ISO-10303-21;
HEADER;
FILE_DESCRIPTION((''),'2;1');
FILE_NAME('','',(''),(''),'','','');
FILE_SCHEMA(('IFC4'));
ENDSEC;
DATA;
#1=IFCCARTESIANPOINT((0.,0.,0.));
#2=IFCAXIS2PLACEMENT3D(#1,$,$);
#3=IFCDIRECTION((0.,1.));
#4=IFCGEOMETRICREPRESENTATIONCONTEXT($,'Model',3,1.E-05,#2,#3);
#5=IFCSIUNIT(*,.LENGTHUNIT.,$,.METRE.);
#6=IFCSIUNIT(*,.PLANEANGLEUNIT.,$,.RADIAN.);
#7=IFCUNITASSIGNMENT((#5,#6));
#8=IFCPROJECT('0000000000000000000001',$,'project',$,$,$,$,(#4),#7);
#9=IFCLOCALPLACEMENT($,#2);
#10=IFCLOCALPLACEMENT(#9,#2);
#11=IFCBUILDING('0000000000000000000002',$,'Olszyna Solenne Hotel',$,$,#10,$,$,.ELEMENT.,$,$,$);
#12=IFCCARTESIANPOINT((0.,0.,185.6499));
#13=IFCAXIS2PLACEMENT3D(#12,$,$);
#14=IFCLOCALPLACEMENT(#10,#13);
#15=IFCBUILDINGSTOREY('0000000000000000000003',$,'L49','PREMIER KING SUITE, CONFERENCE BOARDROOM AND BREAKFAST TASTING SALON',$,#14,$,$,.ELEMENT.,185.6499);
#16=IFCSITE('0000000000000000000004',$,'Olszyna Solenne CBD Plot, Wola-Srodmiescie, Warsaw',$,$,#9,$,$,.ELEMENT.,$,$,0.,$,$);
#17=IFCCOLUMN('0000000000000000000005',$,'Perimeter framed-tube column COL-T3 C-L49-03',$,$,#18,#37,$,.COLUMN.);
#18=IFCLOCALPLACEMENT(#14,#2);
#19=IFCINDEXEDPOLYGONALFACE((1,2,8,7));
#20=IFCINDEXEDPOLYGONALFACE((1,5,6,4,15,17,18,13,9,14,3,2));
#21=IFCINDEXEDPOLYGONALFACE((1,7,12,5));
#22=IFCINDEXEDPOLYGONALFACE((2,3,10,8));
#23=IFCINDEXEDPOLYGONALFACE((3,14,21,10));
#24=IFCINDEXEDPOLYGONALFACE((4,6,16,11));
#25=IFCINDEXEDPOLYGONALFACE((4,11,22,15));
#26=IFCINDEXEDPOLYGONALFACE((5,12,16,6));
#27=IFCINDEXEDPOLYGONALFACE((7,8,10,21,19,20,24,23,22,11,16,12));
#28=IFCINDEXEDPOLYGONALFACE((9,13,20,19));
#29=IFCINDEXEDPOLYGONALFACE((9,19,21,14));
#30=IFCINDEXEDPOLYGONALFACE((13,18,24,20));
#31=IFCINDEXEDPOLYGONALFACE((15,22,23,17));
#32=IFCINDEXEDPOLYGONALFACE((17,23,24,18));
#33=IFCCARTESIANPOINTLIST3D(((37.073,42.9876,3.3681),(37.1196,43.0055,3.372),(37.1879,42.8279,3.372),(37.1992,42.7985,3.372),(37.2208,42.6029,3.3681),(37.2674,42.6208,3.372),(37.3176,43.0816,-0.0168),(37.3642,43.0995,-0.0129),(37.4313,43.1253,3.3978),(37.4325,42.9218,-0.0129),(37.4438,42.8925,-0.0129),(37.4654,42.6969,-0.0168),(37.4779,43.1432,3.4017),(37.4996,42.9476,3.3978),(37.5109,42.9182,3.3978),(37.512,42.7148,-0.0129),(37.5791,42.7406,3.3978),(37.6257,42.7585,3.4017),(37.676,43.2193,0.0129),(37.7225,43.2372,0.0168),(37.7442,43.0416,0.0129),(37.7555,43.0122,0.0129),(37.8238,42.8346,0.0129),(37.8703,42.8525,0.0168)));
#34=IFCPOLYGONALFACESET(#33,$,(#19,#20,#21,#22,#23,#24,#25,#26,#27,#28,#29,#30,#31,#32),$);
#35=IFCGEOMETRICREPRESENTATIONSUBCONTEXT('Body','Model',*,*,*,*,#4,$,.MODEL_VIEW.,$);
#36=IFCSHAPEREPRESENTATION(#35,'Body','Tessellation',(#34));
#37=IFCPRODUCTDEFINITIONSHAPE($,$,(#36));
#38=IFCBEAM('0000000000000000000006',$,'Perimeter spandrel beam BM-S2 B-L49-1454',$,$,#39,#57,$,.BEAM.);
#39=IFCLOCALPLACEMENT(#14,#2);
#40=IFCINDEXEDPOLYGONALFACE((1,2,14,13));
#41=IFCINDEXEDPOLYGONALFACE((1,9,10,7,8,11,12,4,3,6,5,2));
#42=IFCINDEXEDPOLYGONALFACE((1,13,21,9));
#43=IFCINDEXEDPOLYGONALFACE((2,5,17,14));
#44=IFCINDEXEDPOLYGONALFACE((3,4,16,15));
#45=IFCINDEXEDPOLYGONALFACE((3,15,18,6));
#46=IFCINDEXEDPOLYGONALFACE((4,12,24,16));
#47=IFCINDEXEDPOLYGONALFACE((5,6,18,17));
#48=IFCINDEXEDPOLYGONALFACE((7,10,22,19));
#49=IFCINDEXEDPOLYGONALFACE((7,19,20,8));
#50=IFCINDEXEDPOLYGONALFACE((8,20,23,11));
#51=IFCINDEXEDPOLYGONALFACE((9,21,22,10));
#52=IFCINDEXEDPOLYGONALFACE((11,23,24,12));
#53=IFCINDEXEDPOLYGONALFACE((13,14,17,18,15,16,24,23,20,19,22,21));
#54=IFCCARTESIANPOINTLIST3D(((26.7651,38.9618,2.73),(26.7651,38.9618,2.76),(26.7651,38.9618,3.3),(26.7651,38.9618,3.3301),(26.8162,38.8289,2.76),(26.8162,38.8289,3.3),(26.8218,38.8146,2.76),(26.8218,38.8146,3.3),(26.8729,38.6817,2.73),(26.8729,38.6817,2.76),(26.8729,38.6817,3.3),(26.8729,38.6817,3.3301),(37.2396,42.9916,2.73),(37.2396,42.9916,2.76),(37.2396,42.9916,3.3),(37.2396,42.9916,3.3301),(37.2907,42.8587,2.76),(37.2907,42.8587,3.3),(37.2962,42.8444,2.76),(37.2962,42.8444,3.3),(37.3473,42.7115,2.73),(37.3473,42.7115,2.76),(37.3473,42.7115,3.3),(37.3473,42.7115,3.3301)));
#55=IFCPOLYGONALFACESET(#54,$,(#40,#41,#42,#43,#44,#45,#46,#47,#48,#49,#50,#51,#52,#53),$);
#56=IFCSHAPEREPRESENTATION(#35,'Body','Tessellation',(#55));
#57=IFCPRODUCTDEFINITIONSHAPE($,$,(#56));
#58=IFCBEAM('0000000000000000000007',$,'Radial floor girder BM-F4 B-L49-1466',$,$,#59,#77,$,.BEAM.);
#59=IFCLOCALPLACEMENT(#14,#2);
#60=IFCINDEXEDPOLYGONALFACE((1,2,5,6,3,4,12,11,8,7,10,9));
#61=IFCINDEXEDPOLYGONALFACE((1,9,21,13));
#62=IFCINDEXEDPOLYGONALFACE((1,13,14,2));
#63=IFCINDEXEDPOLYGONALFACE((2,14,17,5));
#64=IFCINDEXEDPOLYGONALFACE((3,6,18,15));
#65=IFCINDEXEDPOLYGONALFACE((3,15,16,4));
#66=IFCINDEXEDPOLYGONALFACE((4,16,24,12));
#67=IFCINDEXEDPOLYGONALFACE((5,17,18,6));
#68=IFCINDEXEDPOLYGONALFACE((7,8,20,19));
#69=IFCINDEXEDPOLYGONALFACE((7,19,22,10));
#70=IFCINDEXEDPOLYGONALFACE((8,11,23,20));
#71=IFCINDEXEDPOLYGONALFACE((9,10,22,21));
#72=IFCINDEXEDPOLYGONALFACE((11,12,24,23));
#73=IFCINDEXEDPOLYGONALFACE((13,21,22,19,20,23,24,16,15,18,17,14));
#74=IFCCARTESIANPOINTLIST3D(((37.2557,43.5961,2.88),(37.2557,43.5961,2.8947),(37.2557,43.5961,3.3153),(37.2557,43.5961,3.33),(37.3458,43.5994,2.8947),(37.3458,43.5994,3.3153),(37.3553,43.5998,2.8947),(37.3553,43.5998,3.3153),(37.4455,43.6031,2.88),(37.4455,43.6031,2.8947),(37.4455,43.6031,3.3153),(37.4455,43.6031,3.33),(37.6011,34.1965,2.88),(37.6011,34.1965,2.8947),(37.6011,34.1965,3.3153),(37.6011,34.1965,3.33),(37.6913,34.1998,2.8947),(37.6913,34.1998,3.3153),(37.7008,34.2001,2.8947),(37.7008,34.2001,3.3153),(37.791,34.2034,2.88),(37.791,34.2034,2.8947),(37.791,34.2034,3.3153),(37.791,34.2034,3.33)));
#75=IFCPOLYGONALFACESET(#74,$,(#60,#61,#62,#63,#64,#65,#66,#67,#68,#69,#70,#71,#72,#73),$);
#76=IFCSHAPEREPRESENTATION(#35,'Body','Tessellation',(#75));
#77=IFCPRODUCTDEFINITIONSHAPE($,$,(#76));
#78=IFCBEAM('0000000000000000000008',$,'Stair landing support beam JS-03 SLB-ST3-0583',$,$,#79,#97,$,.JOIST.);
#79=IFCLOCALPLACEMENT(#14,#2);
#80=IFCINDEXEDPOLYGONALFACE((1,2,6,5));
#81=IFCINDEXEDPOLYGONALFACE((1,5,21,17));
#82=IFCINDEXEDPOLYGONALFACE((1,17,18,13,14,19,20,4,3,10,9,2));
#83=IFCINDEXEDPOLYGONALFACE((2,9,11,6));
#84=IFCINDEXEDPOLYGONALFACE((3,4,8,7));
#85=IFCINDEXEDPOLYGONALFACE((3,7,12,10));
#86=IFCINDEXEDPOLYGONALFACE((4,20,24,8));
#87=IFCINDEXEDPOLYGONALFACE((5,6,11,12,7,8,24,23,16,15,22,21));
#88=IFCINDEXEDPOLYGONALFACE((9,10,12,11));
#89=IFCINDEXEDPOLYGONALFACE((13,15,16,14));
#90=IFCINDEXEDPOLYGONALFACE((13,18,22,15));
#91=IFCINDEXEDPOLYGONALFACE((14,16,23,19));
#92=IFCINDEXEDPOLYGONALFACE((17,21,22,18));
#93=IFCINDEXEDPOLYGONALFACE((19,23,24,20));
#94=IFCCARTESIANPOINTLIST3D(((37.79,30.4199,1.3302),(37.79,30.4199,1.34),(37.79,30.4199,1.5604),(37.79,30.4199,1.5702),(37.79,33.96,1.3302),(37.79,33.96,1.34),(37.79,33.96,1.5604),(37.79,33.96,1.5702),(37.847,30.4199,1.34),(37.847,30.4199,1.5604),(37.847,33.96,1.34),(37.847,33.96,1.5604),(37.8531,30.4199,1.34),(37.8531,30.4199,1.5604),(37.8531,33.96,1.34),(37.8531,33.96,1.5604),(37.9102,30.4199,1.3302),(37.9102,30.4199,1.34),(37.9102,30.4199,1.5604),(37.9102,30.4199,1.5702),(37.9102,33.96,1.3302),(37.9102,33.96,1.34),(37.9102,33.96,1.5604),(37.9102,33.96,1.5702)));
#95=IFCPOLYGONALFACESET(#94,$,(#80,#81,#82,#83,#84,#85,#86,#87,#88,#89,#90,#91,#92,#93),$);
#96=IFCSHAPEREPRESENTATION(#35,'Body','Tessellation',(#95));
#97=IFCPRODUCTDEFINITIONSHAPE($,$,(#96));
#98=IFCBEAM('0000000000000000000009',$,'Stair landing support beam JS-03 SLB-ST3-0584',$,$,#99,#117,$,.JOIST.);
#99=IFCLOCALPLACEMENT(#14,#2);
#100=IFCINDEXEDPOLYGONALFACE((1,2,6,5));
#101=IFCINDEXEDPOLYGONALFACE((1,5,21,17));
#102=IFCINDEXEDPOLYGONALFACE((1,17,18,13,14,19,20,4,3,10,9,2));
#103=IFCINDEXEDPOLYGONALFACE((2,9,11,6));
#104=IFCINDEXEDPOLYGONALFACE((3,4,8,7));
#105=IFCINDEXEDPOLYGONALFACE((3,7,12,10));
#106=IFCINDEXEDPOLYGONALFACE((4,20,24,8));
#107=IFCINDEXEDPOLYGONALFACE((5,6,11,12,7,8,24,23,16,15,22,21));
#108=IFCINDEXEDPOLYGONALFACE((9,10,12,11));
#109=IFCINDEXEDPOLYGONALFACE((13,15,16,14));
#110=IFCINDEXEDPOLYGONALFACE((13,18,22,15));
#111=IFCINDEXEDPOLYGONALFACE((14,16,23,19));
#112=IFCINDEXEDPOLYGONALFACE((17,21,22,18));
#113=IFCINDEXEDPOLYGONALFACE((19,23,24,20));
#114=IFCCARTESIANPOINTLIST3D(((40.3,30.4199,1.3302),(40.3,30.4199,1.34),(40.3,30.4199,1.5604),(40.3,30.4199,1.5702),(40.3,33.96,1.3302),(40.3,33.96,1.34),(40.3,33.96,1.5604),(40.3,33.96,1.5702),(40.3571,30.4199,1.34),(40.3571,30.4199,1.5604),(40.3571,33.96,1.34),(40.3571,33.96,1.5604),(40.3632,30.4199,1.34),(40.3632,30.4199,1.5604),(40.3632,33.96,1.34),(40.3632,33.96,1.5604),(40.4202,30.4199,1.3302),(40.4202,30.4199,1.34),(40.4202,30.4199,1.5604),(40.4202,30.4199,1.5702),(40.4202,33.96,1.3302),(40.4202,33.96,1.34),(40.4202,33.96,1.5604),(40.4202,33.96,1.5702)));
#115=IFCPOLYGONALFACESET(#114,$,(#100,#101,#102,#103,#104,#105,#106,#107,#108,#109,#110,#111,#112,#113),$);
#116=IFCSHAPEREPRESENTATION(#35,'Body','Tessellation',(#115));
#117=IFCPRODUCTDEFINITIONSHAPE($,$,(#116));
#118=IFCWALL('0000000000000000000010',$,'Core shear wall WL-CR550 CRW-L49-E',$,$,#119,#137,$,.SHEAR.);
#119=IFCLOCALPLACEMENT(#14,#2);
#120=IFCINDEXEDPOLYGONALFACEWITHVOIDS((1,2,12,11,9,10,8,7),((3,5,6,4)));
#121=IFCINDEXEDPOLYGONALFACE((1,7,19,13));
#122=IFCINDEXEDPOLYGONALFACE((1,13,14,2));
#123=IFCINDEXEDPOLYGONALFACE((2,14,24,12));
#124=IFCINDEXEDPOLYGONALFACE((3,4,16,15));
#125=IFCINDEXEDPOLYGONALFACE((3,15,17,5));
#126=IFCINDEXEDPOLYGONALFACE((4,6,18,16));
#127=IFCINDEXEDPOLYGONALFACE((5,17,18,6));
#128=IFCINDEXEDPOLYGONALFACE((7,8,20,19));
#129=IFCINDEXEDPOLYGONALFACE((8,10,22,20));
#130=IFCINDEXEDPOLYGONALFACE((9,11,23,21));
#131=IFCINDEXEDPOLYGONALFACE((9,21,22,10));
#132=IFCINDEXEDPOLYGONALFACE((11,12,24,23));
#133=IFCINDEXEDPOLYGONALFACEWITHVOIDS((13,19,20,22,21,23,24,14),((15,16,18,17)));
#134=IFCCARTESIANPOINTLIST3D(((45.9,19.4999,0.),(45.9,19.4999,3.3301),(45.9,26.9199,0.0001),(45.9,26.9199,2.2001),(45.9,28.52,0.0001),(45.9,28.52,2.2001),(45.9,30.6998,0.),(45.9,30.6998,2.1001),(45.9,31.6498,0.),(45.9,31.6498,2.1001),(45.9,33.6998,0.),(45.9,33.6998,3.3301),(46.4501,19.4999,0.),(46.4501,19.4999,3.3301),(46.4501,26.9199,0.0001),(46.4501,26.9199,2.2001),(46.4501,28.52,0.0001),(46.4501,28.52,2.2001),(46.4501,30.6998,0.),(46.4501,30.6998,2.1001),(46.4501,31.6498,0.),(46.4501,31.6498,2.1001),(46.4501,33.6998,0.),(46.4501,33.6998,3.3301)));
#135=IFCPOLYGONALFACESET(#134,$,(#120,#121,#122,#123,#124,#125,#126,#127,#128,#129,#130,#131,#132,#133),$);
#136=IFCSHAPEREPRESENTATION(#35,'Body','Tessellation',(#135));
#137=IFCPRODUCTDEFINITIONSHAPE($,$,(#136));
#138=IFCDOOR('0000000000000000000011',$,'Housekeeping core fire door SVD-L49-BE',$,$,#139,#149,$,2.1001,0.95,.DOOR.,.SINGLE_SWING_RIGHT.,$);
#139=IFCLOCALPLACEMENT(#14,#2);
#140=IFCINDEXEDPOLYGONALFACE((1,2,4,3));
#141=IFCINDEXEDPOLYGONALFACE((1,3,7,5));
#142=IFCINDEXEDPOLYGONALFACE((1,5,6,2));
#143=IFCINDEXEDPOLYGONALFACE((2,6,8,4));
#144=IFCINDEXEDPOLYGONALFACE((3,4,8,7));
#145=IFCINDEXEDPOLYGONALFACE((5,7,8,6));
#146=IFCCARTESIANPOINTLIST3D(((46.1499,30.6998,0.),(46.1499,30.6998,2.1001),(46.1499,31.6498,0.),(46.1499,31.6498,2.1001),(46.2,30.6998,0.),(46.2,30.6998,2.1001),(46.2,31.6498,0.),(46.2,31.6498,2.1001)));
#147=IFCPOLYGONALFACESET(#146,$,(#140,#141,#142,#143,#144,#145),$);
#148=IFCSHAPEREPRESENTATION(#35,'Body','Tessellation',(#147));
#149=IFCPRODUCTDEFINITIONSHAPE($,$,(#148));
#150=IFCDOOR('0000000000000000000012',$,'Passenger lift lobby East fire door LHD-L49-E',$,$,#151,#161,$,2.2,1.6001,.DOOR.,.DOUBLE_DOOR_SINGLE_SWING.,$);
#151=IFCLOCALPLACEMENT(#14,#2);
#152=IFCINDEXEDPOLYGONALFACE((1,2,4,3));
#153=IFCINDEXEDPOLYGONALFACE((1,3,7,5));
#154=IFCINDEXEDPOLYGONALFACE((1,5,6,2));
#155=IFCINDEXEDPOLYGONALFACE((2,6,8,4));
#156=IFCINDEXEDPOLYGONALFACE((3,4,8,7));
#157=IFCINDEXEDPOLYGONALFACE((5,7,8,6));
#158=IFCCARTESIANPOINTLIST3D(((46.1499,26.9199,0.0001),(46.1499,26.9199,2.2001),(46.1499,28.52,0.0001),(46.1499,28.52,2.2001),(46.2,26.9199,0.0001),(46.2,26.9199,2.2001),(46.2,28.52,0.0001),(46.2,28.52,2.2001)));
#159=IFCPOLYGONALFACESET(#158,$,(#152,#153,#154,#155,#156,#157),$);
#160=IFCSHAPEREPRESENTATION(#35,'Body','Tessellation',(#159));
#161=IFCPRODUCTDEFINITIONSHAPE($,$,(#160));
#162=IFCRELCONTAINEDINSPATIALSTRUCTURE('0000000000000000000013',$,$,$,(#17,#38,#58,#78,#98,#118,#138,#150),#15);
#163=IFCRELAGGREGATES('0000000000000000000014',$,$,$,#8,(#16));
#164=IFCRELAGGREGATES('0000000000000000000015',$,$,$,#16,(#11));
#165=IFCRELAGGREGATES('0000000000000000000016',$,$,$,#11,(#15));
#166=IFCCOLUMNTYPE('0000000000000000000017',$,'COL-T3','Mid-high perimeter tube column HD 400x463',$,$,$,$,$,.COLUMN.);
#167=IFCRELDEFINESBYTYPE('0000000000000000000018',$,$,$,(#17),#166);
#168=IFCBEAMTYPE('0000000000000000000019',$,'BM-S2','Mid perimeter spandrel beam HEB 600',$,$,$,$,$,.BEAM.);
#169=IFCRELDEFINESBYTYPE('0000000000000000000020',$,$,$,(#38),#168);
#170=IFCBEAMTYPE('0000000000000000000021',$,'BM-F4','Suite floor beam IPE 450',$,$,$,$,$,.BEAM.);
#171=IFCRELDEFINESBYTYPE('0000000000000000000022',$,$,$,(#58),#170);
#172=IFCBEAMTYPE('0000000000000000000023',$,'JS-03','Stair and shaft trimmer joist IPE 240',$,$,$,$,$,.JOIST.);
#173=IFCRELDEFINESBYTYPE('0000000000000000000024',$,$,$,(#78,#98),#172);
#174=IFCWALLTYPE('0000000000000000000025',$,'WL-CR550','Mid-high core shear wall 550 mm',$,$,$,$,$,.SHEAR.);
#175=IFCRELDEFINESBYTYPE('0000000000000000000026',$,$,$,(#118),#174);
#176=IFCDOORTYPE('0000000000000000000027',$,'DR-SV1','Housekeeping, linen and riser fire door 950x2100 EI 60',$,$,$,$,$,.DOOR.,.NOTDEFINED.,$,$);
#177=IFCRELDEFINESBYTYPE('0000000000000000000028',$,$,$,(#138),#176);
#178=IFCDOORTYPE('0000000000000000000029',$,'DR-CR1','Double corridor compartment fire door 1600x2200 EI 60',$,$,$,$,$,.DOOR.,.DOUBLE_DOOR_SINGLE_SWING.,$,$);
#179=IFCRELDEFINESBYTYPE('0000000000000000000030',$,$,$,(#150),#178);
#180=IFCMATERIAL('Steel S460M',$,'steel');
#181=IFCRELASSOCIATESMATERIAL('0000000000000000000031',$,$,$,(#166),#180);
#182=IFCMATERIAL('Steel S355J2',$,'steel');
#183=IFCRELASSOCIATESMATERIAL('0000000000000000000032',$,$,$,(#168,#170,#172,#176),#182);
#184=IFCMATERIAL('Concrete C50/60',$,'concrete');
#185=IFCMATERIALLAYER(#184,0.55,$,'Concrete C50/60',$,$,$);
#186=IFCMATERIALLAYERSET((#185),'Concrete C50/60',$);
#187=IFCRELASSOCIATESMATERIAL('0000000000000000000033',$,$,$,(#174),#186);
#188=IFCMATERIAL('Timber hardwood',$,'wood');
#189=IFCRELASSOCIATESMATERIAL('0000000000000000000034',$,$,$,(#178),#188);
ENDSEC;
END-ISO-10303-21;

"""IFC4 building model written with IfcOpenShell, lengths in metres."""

from ifc_helpers import new_model, si_unit, direction, frame, frame_2d, origin, origin_2d, place, context, subcontext, project, spatial, rectangle, i_section, extrude, source, transform, mapped, material, layer, layer_set, material_profile, profile_set, type_object, type_shapes, element, fill, save


model = new_model("IFC4")

# Units and contexts
model_context = context("Model", 3, precision=1e-05, world=origin(), true_north=direction((0.0, 1.0)))
body_context = subcontext(model_context, "Body", "Model", "MODEL_VIEW")
ifc_project = project(units=[si_unit("LENGTHUNIT", "METRE"), si_unit("PLANEANGLEUNIT", "RADIAN")], contexts=[model_context])

# Site, building, storey
site_placement = place(None, origin())
site = spatial("IfcSite", under=ifc_project, at=site_placement, Name="Olszyna Solenne CBD Plot, Wola-Srodmiescie, Warsaw", CompositionType="ELEMENT", RefElevation=0.0)
building_placement = place(site_placement, origin())
building = spatial("IfcBuilding", under=site, at=building_placement, Name="Olszyna Solenne Hotel", CompositionType="ELEMENT")
storey_placement = place(building_placement, frame((0.0, 0.0, 185.6499)))
storey = spatial("IfcBuildingStorey", under=building, at=storey_placement, Name="L49", Description="PREMIER KING SUITE, CONFERENCE BOARDROOM AND BREAKFAST TASTING SALON", CompositionType="ELEMENT", Elevation=185.6499)

# Column
ifc_material_1 = material(Name="Steel S460M", Category="steel")
ifc_material_profile_1 = material_profile(ifc_material_1, i_section(OverallWidth=0.4121, OverallDepth=0.4351, WebThickness=0.0315, FlangeThickness=0.05, at=origin_2d()), Name="HD 400x463", Category="load-bearing")
ifc_profile_set_1 = profile_set([ifc_material_profile_1], Name="Steel S460M")
column_type = type_object("IfcColumnType", Name="COL-T3", Description="Mid-high perimeter tube column HD 400x463", PredefinedType="COLUMN", material=ifc_profile_set_1)
shared_shape_1 = source(origin(), body_context, "Body", "SweptSolid", [
    extrude(i_section(OverallWidth=0.4121, OverallDepth=0.4351, WebThickness=0.0315, FlangeThickness=0.05, at=origin_2d()), origin(), (0.0, 0.0, 1.0), 3.395),
])
column_placement = place(storey_placement, frame((37.594, 42.967, 0.0), z_axis=(-0.072053, -0.027685, 0.997017), x_axis=(0.358667, -0.933466, 0.0)))
element("IfcColumn", 1, at=column_placement, inside=storey, type_object=column_type, Name="Perimeter framed-tube column COL-T3 C-L49-03", PredefinedType="COLUMN", context=body_context, shape_type="MappedRepresentation", body=[
    mapped(shared_shape_1, transform((0.0, 0.0, 0.0), x_axis=(1.0, 0.0, 0.0), y_axis=(0.0, 1.0, 0.0), z_axis=(0.0, 0.0, 1.0), scale=1.0)),
])

# Beams
ifc_material_2 = material(Name="Steel S355J2", Category="steel")
ifc_material_profile_2 = material_profile(ifc_material_2, i_section(OverallWidth=0.3, OverallDepth=0.6001, WebThickness=0.0154, FlangeThickness=0.03, at=origin_2d()), Name="HEB 600", Category="load-bearing")
ifc_profile_set_2 = profile_set([ifc_material_profile_2], Name="Steel S355J2")
beam_type_1 = type_object("IfcBeamType", Name="BM-S2", Description="Mid perimeter spandrel beam HEB 600", PredefinedType="BEAM", material=ifc_profile_set_2)
shared_shape_2 = source(origin(), body_context, "Body", "SweptSolid", [
    extrude(i_section(OverallWidth=0.3, OverallDepth=0.6001, WebThickness=0.0154, FlangeThickness=0.03, at=origin_2d()), origin(), (0.0, 0.0, 1.0), 11.2229),
])
beam_1_placement = place(storey_placement, frame((37.2935, 42.8516, 3.03), z_axis=(-0.93331, -0.359071, 0.0), x_axis=(0.359071, -0.93331, 0.0)))
element("IfcBeam", 2, at=beam_1_placement, inside=storey, type_object=beam_type_1, Name="Perimeter spandrel beam BM-S2 B-L49-1454", PredefinedType="BEAM", context=body_context, shape_type="MappedRepresentation", body=[
    mapped(shared_shape_2, transform((0.0, 0.0, 0.0), x_axis=(1.0, 0.0, 0.0), y_axis=(0.0, 1.0, 0.0), z_axis=(0.0, 0.0, 1.0), scale=1.0)),
])
ifc_material_profile_3 = material_profile(ifc_material_2, i_section(OverallWidth=0.1899, OverallDepth=0.45, WebThickness=0.0095, FlangeThickness=0.0146, at=origin_2d()), Name="IPE 450", Category="load-bearing")
ifc_profile_set_3 = profile_set([ifc_material_profile_3], Name="Steel S355J2")
beam_type_2 = type_object("IfcBeamType", Name="BM-F4", Description="Suite floor beam IPE 450", PredefinedType="BEAM", material=ifc_profile_set_3)
shared_shape_3 = source(origin(), body_context, "Body", "SweptSolid", [
    extrude(i_section(OverallWidth=0.1899, OverallDepth=0.45, WebThickness=0.0095, FlangeThickness=0.0146, at=origin_2d()), origin(), (0.0, 0.0, 1.0), 9.406),
])
beam_2_placement = place(storey_placement, frame((37.3506, 43.5996, 3.105), z_axis=(0.036727, -0.999325, 0.0), x_axis=(0.999325, 0.036727, 0.0)))
element("IfcBeam", 3, at=beam_2_placement, inside=storey, type_object=beam_type_2, Name="Radial floor girder BM-F4 B-L49-1466", PredefinedType="BEAM", context=body_context, shape_type="MappedRepresentation", body=[
    mapped(shared_shape_3, transform((0.0, 0.0, 0.0), x_axis=(1.0, 0.0, 0.0), y_axis=(0.0, 1.0, 0.0), z_axis=(0.0, 0.0, 1.0), scale=1.0)),
])
ifc_material_profile_4 = material_profile(ifc_material_2, i_section(OverallWidth=0.1201, OverallDepth=0.24, WebThickness=0.0061, FlangeThickness=0.0098, at=origin_2d()), Name="IPE 240", Category="load-bearing")
ifc_profile_set_4 = profile_set([ifc_material_profile_4], Name="Steel S355J2")
beam_type_3 = type_object("IfcBeamType", Name="JS-03", Description="Stair and shaft trimmer joist IPE 240", PredefinedType="JOIST", material=ifc_profile_set_4)
shared_shape_4 = source(origin(), body_context, "Body", "SweptSolid", [
    extrude(i_section(OverallWidth=0.1201, OverallDepth=0.24, WebThickness=0.0061, FlangeThickness=0.0098, at=origin_2d()), origin(), (0.0, 0.0, 1.0), 3.54),
])
for number, where, z_axis, x_axis, name in (
    (4, (37.8501, 30.4199, 1.4502), (0.0, 1.0, 0.0), (-1.0, 0.0, 0.0), "Stair landing support beam JS-03 SLB-ST3-0583"),
    (5, (40.3601, 30.4199, 1.4502), (0.0, 1.0, 0.0), (-1.0, 0.0, 0.0), "Stair landing support beam JS-03 SLB-ST3-0584"),
):
    element("IfcBeam", number, at=place(storey_placement, frame(where, z_axis=z_axis, x_axis=x_axis)), inside=storey, type_object=beam_type_3, Name=name, PredefinedType="JOIST", context=body_context, shape_type="MappedRepresentation", body=[
        mapped(shared_shape_4, transform((0.0, 0.0, 0.0), x_axis=(1.0, 0.0, 0.0), y_axis=(0.0, 1.0, 0.0), z_axis=(0.0, 0.0, 1.0), scale=1.0)),
    ])

# Wall, openings, doors
ifc_material_3 = material(Name="Concrete C50/60", Category="concrete")
ifc_layer_1 = layer(ifc_material_3, 0.55, Name="Concrete C50/60")
ifc_layer_set_1 = layer_set([ifc_layer_1], Name="Concrete C50/60")
wall_type_1 = type_object("IfcWallType", Name="WL-CR550", Description="Mid-high core shear wall 550 mm", PredefinedType="SHEAR", material=ifc_layer_set_1)
wall_1_placement = place(storey_placement, frame((46.175, 33.7, 0.0), z_axis=(0.0, 0.0, 1.0), x_axis=(0.0, -1.0, 0.0)))
wall_1 = element("IfcWall", 6, at=wall_1_placement, inside=storey, type_object=wall_type_1, Name="Core shear wall WL-CR550 CRW-L49-E", PredefinedType="SHEAR", context=body_context, shape_type="SweptSolid", body=[
    extrude(rectangle(XDim=14.2, YDim=0.55, at=frame_2d((7.1001, 0.0))), origin(), (0.0, 0.0, 1.0), 3.3301),
])
opening_1_placement = place(wall_1_placement, frame((5.1799, 0.0, 0.0)))
opening_1 = element("IfcOpeningElement", 7, at=opening_1_placement, cuts=wall_1, PredefinedType="OPENING", context=body_context, shape_type="SweptSolid", body=[
    extrude(rectangle(XDim=1.6001, YDim=2.2, at=frame_2d((0.8, 1.1001))), frame((0.0, 0.2852, 0.0), z_axis=(0.0, -1.0, 0.0), x_axis=(1.0, 0.0, 0.0)), (0.0, 0.0, 1.0), 0.5701),
])
opening_2_placement = place(wall_1_placement, frame((2.05, 0.0, 0.0)))
opening_2 = element("IfcOpeningElement", 8, at=opening_2_placement, cuts=wall_1, PredefinedType="OPENING", context=body_context, shape_type="SweptSolid", body=[
    extrude(rectangle(XDim=0.95, YDim=2.1001, at=frame_2d((0.4751, 1.05))), frame((0.0, 0.2852, 0.0), z_axis=(0.0, -1.0, 0.0), x_axis=(1.0, 0.0, 0.0)), (0.0, 0.0, 1.0), 0.5701),
])
door_type_1 = type_object("IfcDoorType", Name="DR-SV1", Description="Housekeeping, linen and riser fire door 950x2100 EI 60", OperationType="NOTDEFINED", PredefinedType="DOOR", material=ifc_material_2)
shared_shape_5 = source(origin(), body_context, "Body", "SweptSolid", [
    extrude(rectangle(XDim=0.95, YDim=2.1001, at=frame_2d((0.4751, 1.05))), frame((0.0, 0.0249, 0.0), z_axis=(0.0, -1.0, 0.0), x_axis=(1.0, 0.0, 0.0)), (0.0, 0.0, 1.0), 0.05),
])
type_shapes(door_type_1, [shared_shape_5])
door_1_placement = place(opening_2_placement, origin())
door_1 = element("IfcDoor", 9, at=door_1_placement, inside=storey, type_object=door_type_1, Name="Housekeeping core fire door SVD-L49-BE", OperationType="SINGLE_SWING_RIGHT", OverallHeight=2.1001, OverallWidth=0.95, PredefinedType="DOOR", context=body_context, shape_type="MappedRepresentation", body=[
    mapped(shared_shape_5, transform((0.0, 0.0, 0.0), x_axis=(1.0, 0.0, 0.0), y_axis=(0.0, 1.0, 0.0), z_axis=(0.0, 0.0, 1.0), scale=1.0)),
])
fill(opening_2, door_1)
ifc_material_4 = material(Name="Timber hardwood", Category="wood")
door_type_2 = type_object("IfcDoorType", Name="DR-CR1", Description="Double corridor compartment fire door 1600x2200 EI 60", OperationType="DOUBLE_DOOR_SINGLE_SWING", PredefinedType="DOOR", material=ifc_material_4)
shared_shape_6 = source(origin(), body_context, "Body", "SweptSolid", [
    extrude(rectangle(XDim=1.6001, YDim=2.2, at=frame_2d((0.8, 1.1001))), frame((0.0, 0.0249, 0.0), z_axis=(0.0, -1.0, 0.0), x_axis=(1.0, 0.0, 0.0)), (0.0, 0.0, 1.0), 0.05),
])
type_shapes(door_type_2, [shared_shape_6])
door_2_placement = place(opening_1_placement, origin())
door_2 = element("IfcDoor", 10, at=door_2_placement, inside=storey, type_object=door_type_2, Name="Passenger lift lobby East fire door LHD-L49-E", OperationType="DOUBLE_DOOR_SINGLE_SWING", OverallHeight=2.2, OverallWidth=1.6001, PredefinedType="DOOR", context=body_context, shape_type="MappedRepresentation", body=[
    mapped(shared_shape_6, transform((0.0, 0.0, 0.0), x_axis=(1.0, 0.0, 0.0), y_axis=(0.0, 1.0, 0.0), z_axis=(0.0, 0.0, 1.0), scale=1.0)),
])
fill(opening_1, door_2)

save(model, "model.ifc")
